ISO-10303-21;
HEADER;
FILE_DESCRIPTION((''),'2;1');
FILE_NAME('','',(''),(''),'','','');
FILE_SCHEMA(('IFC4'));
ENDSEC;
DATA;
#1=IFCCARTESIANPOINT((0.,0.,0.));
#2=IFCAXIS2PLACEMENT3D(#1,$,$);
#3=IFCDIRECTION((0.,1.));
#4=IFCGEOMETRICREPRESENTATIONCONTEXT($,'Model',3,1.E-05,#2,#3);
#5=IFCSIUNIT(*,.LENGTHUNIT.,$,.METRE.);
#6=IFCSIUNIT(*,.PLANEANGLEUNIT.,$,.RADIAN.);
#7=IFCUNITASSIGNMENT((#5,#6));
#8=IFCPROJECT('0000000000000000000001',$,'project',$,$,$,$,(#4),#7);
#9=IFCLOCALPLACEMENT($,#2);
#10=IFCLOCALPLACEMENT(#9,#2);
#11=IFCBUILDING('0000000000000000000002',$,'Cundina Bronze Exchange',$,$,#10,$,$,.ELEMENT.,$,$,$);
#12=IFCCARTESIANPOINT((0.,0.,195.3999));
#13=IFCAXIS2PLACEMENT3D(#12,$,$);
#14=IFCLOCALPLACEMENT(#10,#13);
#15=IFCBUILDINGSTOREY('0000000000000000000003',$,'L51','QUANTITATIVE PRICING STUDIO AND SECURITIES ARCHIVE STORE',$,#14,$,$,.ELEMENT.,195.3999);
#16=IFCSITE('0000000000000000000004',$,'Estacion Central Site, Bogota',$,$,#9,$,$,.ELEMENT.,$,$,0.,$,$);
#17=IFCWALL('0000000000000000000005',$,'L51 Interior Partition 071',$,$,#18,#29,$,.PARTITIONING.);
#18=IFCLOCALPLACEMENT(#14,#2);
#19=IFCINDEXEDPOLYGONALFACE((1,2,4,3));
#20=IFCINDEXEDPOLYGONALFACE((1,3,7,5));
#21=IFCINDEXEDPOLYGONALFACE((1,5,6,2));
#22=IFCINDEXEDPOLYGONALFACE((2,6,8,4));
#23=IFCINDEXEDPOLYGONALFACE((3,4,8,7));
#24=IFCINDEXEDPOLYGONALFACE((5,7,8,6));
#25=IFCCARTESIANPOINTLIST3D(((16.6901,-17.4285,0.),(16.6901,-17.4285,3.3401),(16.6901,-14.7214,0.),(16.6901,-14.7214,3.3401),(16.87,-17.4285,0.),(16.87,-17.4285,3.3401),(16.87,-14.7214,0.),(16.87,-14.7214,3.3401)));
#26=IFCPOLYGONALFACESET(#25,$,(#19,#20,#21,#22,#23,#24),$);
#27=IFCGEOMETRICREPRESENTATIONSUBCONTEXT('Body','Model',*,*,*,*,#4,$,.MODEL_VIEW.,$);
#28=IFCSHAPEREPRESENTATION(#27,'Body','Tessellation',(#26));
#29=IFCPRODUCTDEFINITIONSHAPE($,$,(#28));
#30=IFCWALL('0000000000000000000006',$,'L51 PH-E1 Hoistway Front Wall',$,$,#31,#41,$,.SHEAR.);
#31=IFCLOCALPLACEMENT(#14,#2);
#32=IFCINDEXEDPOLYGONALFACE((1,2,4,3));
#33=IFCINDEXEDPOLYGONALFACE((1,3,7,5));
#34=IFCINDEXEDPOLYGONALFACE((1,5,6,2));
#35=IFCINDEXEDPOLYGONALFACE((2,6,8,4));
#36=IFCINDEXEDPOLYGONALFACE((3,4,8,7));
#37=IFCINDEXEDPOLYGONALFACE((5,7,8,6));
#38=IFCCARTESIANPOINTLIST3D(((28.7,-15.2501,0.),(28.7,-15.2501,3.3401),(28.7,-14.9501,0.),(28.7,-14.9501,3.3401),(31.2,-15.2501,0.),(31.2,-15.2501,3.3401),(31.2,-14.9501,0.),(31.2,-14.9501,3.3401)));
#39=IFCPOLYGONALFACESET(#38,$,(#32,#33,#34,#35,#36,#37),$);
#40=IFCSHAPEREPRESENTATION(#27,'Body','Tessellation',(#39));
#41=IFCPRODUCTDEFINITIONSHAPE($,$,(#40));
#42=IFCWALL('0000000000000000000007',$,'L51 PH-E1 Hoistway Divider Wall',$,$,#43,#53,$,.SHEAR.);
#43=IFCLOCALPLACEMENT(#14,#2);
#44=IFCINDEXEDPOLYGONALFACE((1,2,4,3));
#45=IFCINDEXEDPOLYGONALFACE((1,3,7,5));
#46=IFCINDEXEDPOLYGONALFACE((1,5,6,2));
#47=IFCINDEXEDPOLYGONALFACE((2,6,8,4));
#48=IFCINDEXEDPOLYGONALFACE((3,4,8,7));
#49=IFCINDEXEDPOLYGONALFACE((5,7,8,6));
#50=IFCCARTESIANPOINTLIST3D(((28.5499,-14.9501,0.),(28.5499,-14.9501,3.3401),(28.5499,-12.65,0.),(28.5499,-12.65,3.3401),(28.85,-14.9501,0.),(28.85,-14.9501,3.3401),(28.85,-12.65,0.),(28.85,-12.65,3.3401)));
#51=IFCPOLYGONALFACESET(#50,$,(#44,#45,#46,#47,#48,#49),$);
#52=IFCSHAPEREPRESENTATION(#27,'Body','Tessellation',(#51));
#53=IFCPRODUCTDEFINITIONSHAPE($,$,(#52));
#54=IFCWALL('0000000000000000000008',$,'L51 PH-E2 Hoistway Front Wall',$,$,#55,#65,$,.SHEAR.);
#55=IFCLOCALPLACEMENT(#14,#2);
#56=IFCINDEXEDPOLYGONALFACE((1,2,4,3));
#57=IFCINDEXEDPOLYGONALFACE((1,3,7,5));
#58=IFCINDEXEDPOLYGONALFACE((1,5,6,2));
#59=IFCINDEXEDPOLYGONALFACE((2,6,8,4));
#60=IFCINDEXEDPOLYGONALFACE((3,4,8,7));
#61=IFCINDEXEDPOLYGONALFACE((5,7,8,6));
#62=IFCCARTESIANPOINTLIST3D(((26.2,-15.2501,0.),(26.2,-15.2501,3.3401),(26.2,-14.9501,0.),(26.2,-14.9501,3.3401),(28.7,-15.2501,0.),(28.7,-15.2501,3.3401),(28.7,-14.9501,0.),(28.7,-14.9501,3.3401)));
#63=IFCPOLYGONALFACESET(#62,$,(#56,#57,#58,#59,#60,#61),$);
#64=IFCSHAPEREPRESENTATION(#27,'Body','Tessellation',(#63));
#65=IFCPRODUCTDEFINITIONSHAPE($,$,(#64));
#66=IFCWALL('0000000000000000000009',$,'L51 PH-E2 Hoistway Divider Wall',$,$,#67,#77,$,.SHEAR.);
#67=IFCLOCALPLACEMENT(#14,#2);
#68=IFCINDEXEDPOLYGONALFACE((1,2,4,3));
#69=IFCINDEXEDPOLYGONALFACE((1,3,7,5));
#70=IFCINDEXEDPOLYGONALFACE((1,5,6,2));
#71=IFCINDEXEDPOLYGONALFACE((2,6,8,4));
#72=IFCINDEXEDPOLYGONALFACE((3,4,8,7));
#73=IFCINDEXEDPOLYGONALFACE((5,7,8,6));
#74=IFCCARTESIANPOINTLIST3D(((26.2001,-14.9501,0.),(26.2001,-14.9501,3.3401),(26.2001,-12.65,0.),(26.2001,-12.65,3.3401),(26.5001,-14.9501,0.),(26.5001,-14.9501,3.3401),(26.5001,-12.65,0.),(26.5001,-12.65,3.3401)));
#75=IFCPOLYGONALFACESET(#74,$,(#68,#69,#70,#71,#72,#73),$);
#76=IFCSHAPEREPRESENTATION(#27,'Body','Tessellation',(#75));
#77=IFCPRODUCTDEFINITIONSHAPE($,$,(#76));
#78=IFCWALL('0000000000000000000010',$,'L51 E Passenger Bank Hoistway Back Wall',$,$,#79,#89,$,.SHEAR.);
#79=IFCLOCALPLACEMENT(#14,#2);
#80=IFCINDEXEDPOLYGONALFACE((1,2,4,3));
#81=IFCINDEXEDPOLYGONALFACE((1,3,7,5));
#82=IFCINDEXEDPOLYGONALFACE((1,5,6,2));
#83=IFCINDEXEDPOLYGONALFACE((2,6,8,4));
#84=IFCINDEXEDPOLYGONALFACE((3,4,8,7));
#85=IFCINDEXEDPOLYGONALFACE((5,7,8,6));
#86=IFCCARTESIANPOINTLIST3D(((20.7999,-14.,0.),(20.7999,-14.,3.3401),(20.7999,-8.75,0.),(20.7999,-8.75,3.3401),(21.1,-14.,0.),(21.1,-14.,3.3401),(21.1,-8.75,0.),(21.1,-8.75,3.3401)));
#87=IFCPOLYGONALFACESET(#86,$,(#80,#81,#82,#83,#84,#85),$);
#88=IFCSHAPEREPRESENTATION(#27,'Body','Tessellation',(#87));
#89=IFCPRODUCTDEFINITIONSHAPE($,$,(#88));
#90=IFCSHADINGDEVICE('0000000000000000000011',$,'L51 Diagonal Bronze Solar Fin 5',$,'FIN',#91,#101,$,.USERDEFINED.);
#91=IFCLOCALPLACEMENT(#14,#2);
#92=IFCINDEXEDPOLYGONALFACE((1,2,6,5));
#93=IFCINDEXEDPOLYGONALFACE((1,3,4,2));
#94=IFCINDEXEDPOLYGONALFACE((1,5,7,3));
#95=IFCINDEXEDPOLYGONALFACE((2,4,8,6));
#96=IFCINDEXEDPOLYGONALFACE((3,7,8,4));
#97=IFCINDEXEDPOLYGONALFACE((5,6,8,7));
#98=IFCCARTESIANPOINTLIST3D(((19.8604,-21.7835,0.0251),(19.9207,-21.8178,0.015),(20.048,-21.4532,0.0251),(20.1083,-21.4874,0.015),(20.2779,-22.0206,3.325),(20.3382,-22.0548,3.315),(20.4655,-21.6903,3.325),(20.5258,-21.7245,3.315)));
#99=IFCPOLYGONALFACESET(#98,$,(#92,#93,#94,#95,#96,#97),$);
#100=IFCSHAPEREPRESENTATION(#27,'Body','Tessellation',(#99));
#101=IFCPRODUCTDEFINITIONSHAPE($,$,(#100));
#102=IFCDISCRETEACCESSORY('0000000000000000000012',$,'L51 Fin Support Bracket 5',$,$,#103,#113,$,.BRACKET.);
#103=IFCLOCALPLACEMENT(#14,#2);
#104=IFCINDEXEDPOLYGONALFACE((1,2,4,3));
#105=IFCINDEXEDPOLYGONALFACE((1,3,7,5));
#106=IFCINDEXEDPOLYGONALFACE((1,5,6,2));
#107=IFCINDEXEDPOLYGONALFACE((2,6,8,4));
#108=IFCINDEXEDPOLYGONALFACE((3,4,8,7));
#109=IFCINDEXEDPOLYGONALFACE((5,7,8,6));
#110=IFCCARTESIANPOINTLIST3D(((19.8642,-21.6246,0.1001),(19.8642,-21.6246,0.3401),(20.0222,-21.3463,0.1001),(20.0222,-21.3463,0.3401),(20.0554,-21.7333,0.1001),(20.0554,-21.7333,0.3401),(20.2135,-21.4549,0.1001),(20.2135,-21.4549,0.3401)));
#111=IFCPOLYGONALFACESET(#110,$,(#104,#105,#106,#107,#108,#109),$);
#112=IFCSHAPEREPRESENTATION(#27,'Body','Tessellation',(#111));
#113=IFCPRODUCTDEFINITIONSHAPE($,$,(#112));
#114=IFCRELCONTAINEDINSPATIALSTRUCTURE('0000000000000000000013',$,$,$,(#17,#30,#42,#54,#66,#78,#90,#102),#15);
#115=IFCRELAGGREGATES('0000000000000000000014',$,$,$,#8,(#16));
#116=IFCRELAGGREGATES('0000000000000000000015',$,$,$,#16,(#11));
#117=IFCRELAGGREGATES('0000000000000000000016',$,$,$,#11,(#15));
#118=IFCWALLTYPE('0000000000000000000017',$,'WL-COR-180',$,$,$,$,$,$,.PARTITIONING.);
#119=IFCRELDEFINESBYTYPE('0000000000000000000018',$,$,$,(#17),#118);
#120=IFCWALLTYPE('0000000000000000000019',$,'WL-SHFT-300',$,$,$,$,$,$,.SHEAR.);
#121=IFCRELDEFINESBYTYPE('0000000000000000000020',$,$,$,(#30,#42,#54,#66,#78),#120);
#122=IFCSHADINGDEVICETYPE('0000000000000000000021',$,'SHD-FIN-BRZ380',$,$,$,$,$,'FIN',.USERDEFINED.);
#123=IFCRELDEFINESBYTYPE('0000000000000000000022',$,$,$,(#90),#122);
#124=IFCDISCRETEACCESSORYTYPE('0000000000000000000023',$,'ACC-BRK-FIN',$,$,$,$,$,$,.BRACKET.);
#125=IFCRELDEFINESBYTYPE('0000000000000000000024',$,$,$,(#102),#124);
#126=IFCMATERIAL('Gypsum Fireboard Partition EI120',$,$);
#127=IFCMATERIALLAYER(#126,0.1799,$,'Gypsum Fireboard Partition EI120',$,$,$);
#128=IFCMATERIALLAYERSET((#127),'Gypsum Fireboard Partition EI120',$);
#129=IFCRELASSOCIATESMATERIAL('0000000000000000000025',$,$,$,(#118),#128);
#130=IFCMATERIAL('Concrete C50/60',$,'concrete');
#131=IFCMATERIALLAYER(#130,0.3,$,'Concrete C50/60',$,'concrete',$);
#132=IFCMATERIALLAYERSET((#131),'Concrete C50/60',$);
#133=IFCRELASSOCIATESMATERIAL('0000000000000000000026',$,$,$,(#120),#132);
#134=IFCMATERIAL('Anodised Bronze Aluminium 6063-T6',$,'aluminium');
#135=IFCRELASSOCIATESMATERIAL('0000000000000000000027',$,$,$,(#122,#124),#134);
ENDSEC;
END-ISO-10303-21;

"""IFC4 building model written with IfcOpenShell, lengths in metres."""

from ifc_helpers import new_model, si_unit, direction, frame, frame_2d, origin, origin_2d, place, context, subcontext, project, spatial, rectangle, extrude, material, layer, layer_set, material_profile, profile_set, type_object, element, save


model = new_model("IFC4")

# Units and contexts
model_context = context("Model", 3, precision=1e-05, world=origin(), true_north=direction((0.0, 1.0)))
body_context = subcontext(model_context, "Body", "Model", "MODEL_VIEW")
ifc_project = project(units=[si_unit("LENGTHUNIT", "METRE"), si_unit("PLANEANGLEUNIT", "RADIAN")], contexts=[model_context])

# Site, building, storey
site_placement = place(None, origin())
site = spatial("IfcSite", under=ifc_project, at=site_placement, Name="Estacion Central Site, Bogota", CompositionType="ELEMENT", RefElevation=0.0)
building_placement = place(site_placement, origin())
building = spatial("IfcBuilding", under=site, at=building_placement, Name="Cundina Bronze Exchange", CompositionType="ELEMENT")
storey_placement = place(building_placement, frame((0.0, 0.0, 195.3999)))
storey = spatial("IfcBuildingStorey", under=building, at=storey_placement, Name="L51", Description="QUANTITATIVE PRICING STUDIO AND SECURITIES ARCHIVE STORE", CompositionType="ELEMENT", Elevation=195.3999)

# Shared definitions
ifc_material_1 = material(Name="Concrete C50/60", Category="concrete")

# Shared definitions
ifc_material_2 = material(Name="Anodised Bronze Aluminium 6063-T6", Category="aluminium")

# Shared definitions
ifc_material_3 = material(Name="Gypsum Fireboard Partition EI120")
ifc_layer_1 = layer(ifc_material_3, 0.1799, Name="Gypsum Fireboard Partition EI120")
ifc_layer_set_1 = layer_set([ifc_layer_1], Name="Gypsum Fireboard Partition EI120")
wall_type_1 = type_object("IfcWallType", Name="WL-COR-180", PredefinedType="PARTITIONING", material=ifc_layer_set_1)

# Walls
wall_1_placement = place(storey_placement, frame((16.78, -14.7214, 0.0), z_axis=(0.0, 0.0, 1.0), x_axis=(0.0, -1.0, 0.0)))
element("IfcWall", 1, at=wall_1_placement, inside=storey, type_object=wall_type_1, Name="L51 Interior Partition 071", PredefinedType="PARTITIONING", context=body_context, shape_type="SweptSolid", body=[
    extrude(rectangle(XDim=2.707, YDim=0.1799, at=frame_2d((1.3535, 0.0))), origin(), (0.0, 0.0, 1.0), 3.3401),
])
ifc_layer_2 = layer(ifc_material_1, 0.3, Name="Concrete C50/60", Category="concrete")
ifc_layer_set_2 = layer_set([ifc_layer_2], Name="Concrete C50/60")
wall_type_2 = type_object("IfcWallType", Name="WL-SHFT-300", PredefinedType="SHEAR", material=ifc_layer_set_2)
wall_2_placement = place(storey_placement, frame((28.7, -15.1001, 0.0), z_axis=(0.0, 0.0, 1.0), x_axis=(1.0, 0.0, 0.0)))
element("IfcWall", 2, at=wall_2_placement, inside=storey, type_object=wall_type_2, Name="L51 PH-E1 Hoistway Front Wall", PredefinedType="SHEAR", context=body_context, shape_type="SweptSolid", body=[
    extrude(rectangle(XDim=2.5, YDim=0.3, at=frame_2d((1.25, 0.0))), origin(), (0.0, 0.0, 1.0), 3.3401),
])
wall_3_placement = place(storey_placement, frame((28.7, -14.95, 0.0), z_axis=(0.0, 0.0, 1.0), x_axis=(0.0, 1.0, 0.0)))
element("IfcWall", 3, at=wall_3_placement, inside=storey, type_object=wall_type_2, Name="L51 PH-E1 Hoistway Divider Wall", PredefinedType="SHEAR", context=body_context, shape_type="SweptSolid", body=[
    extrude(rectangle(XDim=2.3, YDim=0.3, at=frame_2d((1.1499, 0.0))), origin(), (0.0, 0.0, 1.0), 3.3401),
])
wall_4_placement = place(storey_placement, frame((26.2, -15.1001, 0.0), z_axis=(0.0, 0.0, 1.0), x_axis=(1.0, 0.0, 0.0)))
element("IfcWall", 4, at=wall_4_placement, inside=storey, type_object=wall_type_2, Name="L51 PH-E2 Hoistway Front Wall", PredefinedType="SHEAR", context=body_context, shape_type="SweptSolid", body=[
    extrude(rectangle(XDim=2.5, YDim=0.3, at=frame_2d((1.25, 0.0))), origin(), (0.0, 0.0, 1.0), 3.3401),
])
wall_5_placement = place(storey_placement, frame((26.3501, -14.95, 0.0), z_axis=(0.0, 0.0, 1.0), x_axis=(0.0, 1.0, 0.0)))
element("IfcWall", 5, at=wall_5_placement, inside=storey, type_object=wall_type_2, Name="L51 PH-E2 Hoistway Divider Wall", PredefinedType="SHEAR", context=body_context, shape_type="SweptSolid", body=[
    extrude(rectangle(XDim=2.3, YDim=0.3, at=frame_2d((1.1499, 0.0))), origin(), (0.0, 0.0, 1.0), 3.3401),
])
wall_6_placement = place(storey_placement, frame((20.95, -14.0, 0.0), z_axis=(0.0, 0.0, 1.0), x_axis=(0.0, 1.0, 0.0)))
element("IfcWall", 6, at=wall_6_placement, inside=storey, type_object=wall_type_2, Name="L51 E Passenger Bank Hoistway Back Wall", PredefinedType="SHEAR", context=body_context, shape_type="SweptSolid", body=[
    extrude(rectangle(XDim=5.25, YDim=0.3, at=frame_2d((2.625, 0.0))), origin(), (0.0, 0.0, 1.0), 3.3401),
])

# Shading device
ifc_material_profile_1 = material_profile(ifc_material_2, rectangle(XDim=0.0701, YDim=0.3799, at=origin_2d()), Name="FIN70X380", Category="aluminium")
ifc_profile_set_1 = profile_set([ifc_material_profile_1], Name="Anodised Bronze Aluminium 6063-T6")
shading_device_type = type_object("IfcShadingDeviceType", Name="SHD-FIN-BRZ380", ElementType="FIN", PredefinedType="USERDEFINED", material=ifc_profile_set_1)
shading_device_placement = place(storey_placement, frame((19.9844, -21.6355, 0.02), z_axis=(0.12519, -0.071087, 0.989583), x_axis=(-0.860527, 0.488638, 0.143965)))
element("IfcShadingDevice", 7, at=shading_device_placement, inside=storey, type_object=shading_device_type, Name="L51 Diagonal Bronze Solar Fin 5", ObjectType="FIN", PredefinedType="USERDEFINED", context=body_context, shape_type="SweptSolid", body=[
    extrude(rectangle(XDim=0.0701, YDim=0.3799, at=origin_2d()), origin(), (0.0, 0.0, 1.0), 3.3347),
])

# Discrete accessory
discrete_accessory_type = type_object("IfcDiscreteAccessoryType", Name="ACC-BRK-FIN", PredefinedType="BRACKET", material=ifc_material_2)
discrete_accessory_placement = place(storey_placement, frame((20.0388, -21.5398, 0.1001), z_axis=(0.0, 0.0, 1.0), x_axis=(0.869573, -0.493805, 0.0)))
element("IfcDiscreteAccessory", 8, at=discrete_accessory_placement, inside=storey, type_object=discrete_accessory_type, Name="L51 Fin Support Bracket 5", PredefinedType="BRACKET", context=body_context, shape_type="SweptSolid", body=[
    extrude(rectangle(XDim=0.22, YDim=0.3201, at=origin_2d()), origin(), (0.0, 0.0, 1.0), 0.24),
])

save(model, "model.ifc")
